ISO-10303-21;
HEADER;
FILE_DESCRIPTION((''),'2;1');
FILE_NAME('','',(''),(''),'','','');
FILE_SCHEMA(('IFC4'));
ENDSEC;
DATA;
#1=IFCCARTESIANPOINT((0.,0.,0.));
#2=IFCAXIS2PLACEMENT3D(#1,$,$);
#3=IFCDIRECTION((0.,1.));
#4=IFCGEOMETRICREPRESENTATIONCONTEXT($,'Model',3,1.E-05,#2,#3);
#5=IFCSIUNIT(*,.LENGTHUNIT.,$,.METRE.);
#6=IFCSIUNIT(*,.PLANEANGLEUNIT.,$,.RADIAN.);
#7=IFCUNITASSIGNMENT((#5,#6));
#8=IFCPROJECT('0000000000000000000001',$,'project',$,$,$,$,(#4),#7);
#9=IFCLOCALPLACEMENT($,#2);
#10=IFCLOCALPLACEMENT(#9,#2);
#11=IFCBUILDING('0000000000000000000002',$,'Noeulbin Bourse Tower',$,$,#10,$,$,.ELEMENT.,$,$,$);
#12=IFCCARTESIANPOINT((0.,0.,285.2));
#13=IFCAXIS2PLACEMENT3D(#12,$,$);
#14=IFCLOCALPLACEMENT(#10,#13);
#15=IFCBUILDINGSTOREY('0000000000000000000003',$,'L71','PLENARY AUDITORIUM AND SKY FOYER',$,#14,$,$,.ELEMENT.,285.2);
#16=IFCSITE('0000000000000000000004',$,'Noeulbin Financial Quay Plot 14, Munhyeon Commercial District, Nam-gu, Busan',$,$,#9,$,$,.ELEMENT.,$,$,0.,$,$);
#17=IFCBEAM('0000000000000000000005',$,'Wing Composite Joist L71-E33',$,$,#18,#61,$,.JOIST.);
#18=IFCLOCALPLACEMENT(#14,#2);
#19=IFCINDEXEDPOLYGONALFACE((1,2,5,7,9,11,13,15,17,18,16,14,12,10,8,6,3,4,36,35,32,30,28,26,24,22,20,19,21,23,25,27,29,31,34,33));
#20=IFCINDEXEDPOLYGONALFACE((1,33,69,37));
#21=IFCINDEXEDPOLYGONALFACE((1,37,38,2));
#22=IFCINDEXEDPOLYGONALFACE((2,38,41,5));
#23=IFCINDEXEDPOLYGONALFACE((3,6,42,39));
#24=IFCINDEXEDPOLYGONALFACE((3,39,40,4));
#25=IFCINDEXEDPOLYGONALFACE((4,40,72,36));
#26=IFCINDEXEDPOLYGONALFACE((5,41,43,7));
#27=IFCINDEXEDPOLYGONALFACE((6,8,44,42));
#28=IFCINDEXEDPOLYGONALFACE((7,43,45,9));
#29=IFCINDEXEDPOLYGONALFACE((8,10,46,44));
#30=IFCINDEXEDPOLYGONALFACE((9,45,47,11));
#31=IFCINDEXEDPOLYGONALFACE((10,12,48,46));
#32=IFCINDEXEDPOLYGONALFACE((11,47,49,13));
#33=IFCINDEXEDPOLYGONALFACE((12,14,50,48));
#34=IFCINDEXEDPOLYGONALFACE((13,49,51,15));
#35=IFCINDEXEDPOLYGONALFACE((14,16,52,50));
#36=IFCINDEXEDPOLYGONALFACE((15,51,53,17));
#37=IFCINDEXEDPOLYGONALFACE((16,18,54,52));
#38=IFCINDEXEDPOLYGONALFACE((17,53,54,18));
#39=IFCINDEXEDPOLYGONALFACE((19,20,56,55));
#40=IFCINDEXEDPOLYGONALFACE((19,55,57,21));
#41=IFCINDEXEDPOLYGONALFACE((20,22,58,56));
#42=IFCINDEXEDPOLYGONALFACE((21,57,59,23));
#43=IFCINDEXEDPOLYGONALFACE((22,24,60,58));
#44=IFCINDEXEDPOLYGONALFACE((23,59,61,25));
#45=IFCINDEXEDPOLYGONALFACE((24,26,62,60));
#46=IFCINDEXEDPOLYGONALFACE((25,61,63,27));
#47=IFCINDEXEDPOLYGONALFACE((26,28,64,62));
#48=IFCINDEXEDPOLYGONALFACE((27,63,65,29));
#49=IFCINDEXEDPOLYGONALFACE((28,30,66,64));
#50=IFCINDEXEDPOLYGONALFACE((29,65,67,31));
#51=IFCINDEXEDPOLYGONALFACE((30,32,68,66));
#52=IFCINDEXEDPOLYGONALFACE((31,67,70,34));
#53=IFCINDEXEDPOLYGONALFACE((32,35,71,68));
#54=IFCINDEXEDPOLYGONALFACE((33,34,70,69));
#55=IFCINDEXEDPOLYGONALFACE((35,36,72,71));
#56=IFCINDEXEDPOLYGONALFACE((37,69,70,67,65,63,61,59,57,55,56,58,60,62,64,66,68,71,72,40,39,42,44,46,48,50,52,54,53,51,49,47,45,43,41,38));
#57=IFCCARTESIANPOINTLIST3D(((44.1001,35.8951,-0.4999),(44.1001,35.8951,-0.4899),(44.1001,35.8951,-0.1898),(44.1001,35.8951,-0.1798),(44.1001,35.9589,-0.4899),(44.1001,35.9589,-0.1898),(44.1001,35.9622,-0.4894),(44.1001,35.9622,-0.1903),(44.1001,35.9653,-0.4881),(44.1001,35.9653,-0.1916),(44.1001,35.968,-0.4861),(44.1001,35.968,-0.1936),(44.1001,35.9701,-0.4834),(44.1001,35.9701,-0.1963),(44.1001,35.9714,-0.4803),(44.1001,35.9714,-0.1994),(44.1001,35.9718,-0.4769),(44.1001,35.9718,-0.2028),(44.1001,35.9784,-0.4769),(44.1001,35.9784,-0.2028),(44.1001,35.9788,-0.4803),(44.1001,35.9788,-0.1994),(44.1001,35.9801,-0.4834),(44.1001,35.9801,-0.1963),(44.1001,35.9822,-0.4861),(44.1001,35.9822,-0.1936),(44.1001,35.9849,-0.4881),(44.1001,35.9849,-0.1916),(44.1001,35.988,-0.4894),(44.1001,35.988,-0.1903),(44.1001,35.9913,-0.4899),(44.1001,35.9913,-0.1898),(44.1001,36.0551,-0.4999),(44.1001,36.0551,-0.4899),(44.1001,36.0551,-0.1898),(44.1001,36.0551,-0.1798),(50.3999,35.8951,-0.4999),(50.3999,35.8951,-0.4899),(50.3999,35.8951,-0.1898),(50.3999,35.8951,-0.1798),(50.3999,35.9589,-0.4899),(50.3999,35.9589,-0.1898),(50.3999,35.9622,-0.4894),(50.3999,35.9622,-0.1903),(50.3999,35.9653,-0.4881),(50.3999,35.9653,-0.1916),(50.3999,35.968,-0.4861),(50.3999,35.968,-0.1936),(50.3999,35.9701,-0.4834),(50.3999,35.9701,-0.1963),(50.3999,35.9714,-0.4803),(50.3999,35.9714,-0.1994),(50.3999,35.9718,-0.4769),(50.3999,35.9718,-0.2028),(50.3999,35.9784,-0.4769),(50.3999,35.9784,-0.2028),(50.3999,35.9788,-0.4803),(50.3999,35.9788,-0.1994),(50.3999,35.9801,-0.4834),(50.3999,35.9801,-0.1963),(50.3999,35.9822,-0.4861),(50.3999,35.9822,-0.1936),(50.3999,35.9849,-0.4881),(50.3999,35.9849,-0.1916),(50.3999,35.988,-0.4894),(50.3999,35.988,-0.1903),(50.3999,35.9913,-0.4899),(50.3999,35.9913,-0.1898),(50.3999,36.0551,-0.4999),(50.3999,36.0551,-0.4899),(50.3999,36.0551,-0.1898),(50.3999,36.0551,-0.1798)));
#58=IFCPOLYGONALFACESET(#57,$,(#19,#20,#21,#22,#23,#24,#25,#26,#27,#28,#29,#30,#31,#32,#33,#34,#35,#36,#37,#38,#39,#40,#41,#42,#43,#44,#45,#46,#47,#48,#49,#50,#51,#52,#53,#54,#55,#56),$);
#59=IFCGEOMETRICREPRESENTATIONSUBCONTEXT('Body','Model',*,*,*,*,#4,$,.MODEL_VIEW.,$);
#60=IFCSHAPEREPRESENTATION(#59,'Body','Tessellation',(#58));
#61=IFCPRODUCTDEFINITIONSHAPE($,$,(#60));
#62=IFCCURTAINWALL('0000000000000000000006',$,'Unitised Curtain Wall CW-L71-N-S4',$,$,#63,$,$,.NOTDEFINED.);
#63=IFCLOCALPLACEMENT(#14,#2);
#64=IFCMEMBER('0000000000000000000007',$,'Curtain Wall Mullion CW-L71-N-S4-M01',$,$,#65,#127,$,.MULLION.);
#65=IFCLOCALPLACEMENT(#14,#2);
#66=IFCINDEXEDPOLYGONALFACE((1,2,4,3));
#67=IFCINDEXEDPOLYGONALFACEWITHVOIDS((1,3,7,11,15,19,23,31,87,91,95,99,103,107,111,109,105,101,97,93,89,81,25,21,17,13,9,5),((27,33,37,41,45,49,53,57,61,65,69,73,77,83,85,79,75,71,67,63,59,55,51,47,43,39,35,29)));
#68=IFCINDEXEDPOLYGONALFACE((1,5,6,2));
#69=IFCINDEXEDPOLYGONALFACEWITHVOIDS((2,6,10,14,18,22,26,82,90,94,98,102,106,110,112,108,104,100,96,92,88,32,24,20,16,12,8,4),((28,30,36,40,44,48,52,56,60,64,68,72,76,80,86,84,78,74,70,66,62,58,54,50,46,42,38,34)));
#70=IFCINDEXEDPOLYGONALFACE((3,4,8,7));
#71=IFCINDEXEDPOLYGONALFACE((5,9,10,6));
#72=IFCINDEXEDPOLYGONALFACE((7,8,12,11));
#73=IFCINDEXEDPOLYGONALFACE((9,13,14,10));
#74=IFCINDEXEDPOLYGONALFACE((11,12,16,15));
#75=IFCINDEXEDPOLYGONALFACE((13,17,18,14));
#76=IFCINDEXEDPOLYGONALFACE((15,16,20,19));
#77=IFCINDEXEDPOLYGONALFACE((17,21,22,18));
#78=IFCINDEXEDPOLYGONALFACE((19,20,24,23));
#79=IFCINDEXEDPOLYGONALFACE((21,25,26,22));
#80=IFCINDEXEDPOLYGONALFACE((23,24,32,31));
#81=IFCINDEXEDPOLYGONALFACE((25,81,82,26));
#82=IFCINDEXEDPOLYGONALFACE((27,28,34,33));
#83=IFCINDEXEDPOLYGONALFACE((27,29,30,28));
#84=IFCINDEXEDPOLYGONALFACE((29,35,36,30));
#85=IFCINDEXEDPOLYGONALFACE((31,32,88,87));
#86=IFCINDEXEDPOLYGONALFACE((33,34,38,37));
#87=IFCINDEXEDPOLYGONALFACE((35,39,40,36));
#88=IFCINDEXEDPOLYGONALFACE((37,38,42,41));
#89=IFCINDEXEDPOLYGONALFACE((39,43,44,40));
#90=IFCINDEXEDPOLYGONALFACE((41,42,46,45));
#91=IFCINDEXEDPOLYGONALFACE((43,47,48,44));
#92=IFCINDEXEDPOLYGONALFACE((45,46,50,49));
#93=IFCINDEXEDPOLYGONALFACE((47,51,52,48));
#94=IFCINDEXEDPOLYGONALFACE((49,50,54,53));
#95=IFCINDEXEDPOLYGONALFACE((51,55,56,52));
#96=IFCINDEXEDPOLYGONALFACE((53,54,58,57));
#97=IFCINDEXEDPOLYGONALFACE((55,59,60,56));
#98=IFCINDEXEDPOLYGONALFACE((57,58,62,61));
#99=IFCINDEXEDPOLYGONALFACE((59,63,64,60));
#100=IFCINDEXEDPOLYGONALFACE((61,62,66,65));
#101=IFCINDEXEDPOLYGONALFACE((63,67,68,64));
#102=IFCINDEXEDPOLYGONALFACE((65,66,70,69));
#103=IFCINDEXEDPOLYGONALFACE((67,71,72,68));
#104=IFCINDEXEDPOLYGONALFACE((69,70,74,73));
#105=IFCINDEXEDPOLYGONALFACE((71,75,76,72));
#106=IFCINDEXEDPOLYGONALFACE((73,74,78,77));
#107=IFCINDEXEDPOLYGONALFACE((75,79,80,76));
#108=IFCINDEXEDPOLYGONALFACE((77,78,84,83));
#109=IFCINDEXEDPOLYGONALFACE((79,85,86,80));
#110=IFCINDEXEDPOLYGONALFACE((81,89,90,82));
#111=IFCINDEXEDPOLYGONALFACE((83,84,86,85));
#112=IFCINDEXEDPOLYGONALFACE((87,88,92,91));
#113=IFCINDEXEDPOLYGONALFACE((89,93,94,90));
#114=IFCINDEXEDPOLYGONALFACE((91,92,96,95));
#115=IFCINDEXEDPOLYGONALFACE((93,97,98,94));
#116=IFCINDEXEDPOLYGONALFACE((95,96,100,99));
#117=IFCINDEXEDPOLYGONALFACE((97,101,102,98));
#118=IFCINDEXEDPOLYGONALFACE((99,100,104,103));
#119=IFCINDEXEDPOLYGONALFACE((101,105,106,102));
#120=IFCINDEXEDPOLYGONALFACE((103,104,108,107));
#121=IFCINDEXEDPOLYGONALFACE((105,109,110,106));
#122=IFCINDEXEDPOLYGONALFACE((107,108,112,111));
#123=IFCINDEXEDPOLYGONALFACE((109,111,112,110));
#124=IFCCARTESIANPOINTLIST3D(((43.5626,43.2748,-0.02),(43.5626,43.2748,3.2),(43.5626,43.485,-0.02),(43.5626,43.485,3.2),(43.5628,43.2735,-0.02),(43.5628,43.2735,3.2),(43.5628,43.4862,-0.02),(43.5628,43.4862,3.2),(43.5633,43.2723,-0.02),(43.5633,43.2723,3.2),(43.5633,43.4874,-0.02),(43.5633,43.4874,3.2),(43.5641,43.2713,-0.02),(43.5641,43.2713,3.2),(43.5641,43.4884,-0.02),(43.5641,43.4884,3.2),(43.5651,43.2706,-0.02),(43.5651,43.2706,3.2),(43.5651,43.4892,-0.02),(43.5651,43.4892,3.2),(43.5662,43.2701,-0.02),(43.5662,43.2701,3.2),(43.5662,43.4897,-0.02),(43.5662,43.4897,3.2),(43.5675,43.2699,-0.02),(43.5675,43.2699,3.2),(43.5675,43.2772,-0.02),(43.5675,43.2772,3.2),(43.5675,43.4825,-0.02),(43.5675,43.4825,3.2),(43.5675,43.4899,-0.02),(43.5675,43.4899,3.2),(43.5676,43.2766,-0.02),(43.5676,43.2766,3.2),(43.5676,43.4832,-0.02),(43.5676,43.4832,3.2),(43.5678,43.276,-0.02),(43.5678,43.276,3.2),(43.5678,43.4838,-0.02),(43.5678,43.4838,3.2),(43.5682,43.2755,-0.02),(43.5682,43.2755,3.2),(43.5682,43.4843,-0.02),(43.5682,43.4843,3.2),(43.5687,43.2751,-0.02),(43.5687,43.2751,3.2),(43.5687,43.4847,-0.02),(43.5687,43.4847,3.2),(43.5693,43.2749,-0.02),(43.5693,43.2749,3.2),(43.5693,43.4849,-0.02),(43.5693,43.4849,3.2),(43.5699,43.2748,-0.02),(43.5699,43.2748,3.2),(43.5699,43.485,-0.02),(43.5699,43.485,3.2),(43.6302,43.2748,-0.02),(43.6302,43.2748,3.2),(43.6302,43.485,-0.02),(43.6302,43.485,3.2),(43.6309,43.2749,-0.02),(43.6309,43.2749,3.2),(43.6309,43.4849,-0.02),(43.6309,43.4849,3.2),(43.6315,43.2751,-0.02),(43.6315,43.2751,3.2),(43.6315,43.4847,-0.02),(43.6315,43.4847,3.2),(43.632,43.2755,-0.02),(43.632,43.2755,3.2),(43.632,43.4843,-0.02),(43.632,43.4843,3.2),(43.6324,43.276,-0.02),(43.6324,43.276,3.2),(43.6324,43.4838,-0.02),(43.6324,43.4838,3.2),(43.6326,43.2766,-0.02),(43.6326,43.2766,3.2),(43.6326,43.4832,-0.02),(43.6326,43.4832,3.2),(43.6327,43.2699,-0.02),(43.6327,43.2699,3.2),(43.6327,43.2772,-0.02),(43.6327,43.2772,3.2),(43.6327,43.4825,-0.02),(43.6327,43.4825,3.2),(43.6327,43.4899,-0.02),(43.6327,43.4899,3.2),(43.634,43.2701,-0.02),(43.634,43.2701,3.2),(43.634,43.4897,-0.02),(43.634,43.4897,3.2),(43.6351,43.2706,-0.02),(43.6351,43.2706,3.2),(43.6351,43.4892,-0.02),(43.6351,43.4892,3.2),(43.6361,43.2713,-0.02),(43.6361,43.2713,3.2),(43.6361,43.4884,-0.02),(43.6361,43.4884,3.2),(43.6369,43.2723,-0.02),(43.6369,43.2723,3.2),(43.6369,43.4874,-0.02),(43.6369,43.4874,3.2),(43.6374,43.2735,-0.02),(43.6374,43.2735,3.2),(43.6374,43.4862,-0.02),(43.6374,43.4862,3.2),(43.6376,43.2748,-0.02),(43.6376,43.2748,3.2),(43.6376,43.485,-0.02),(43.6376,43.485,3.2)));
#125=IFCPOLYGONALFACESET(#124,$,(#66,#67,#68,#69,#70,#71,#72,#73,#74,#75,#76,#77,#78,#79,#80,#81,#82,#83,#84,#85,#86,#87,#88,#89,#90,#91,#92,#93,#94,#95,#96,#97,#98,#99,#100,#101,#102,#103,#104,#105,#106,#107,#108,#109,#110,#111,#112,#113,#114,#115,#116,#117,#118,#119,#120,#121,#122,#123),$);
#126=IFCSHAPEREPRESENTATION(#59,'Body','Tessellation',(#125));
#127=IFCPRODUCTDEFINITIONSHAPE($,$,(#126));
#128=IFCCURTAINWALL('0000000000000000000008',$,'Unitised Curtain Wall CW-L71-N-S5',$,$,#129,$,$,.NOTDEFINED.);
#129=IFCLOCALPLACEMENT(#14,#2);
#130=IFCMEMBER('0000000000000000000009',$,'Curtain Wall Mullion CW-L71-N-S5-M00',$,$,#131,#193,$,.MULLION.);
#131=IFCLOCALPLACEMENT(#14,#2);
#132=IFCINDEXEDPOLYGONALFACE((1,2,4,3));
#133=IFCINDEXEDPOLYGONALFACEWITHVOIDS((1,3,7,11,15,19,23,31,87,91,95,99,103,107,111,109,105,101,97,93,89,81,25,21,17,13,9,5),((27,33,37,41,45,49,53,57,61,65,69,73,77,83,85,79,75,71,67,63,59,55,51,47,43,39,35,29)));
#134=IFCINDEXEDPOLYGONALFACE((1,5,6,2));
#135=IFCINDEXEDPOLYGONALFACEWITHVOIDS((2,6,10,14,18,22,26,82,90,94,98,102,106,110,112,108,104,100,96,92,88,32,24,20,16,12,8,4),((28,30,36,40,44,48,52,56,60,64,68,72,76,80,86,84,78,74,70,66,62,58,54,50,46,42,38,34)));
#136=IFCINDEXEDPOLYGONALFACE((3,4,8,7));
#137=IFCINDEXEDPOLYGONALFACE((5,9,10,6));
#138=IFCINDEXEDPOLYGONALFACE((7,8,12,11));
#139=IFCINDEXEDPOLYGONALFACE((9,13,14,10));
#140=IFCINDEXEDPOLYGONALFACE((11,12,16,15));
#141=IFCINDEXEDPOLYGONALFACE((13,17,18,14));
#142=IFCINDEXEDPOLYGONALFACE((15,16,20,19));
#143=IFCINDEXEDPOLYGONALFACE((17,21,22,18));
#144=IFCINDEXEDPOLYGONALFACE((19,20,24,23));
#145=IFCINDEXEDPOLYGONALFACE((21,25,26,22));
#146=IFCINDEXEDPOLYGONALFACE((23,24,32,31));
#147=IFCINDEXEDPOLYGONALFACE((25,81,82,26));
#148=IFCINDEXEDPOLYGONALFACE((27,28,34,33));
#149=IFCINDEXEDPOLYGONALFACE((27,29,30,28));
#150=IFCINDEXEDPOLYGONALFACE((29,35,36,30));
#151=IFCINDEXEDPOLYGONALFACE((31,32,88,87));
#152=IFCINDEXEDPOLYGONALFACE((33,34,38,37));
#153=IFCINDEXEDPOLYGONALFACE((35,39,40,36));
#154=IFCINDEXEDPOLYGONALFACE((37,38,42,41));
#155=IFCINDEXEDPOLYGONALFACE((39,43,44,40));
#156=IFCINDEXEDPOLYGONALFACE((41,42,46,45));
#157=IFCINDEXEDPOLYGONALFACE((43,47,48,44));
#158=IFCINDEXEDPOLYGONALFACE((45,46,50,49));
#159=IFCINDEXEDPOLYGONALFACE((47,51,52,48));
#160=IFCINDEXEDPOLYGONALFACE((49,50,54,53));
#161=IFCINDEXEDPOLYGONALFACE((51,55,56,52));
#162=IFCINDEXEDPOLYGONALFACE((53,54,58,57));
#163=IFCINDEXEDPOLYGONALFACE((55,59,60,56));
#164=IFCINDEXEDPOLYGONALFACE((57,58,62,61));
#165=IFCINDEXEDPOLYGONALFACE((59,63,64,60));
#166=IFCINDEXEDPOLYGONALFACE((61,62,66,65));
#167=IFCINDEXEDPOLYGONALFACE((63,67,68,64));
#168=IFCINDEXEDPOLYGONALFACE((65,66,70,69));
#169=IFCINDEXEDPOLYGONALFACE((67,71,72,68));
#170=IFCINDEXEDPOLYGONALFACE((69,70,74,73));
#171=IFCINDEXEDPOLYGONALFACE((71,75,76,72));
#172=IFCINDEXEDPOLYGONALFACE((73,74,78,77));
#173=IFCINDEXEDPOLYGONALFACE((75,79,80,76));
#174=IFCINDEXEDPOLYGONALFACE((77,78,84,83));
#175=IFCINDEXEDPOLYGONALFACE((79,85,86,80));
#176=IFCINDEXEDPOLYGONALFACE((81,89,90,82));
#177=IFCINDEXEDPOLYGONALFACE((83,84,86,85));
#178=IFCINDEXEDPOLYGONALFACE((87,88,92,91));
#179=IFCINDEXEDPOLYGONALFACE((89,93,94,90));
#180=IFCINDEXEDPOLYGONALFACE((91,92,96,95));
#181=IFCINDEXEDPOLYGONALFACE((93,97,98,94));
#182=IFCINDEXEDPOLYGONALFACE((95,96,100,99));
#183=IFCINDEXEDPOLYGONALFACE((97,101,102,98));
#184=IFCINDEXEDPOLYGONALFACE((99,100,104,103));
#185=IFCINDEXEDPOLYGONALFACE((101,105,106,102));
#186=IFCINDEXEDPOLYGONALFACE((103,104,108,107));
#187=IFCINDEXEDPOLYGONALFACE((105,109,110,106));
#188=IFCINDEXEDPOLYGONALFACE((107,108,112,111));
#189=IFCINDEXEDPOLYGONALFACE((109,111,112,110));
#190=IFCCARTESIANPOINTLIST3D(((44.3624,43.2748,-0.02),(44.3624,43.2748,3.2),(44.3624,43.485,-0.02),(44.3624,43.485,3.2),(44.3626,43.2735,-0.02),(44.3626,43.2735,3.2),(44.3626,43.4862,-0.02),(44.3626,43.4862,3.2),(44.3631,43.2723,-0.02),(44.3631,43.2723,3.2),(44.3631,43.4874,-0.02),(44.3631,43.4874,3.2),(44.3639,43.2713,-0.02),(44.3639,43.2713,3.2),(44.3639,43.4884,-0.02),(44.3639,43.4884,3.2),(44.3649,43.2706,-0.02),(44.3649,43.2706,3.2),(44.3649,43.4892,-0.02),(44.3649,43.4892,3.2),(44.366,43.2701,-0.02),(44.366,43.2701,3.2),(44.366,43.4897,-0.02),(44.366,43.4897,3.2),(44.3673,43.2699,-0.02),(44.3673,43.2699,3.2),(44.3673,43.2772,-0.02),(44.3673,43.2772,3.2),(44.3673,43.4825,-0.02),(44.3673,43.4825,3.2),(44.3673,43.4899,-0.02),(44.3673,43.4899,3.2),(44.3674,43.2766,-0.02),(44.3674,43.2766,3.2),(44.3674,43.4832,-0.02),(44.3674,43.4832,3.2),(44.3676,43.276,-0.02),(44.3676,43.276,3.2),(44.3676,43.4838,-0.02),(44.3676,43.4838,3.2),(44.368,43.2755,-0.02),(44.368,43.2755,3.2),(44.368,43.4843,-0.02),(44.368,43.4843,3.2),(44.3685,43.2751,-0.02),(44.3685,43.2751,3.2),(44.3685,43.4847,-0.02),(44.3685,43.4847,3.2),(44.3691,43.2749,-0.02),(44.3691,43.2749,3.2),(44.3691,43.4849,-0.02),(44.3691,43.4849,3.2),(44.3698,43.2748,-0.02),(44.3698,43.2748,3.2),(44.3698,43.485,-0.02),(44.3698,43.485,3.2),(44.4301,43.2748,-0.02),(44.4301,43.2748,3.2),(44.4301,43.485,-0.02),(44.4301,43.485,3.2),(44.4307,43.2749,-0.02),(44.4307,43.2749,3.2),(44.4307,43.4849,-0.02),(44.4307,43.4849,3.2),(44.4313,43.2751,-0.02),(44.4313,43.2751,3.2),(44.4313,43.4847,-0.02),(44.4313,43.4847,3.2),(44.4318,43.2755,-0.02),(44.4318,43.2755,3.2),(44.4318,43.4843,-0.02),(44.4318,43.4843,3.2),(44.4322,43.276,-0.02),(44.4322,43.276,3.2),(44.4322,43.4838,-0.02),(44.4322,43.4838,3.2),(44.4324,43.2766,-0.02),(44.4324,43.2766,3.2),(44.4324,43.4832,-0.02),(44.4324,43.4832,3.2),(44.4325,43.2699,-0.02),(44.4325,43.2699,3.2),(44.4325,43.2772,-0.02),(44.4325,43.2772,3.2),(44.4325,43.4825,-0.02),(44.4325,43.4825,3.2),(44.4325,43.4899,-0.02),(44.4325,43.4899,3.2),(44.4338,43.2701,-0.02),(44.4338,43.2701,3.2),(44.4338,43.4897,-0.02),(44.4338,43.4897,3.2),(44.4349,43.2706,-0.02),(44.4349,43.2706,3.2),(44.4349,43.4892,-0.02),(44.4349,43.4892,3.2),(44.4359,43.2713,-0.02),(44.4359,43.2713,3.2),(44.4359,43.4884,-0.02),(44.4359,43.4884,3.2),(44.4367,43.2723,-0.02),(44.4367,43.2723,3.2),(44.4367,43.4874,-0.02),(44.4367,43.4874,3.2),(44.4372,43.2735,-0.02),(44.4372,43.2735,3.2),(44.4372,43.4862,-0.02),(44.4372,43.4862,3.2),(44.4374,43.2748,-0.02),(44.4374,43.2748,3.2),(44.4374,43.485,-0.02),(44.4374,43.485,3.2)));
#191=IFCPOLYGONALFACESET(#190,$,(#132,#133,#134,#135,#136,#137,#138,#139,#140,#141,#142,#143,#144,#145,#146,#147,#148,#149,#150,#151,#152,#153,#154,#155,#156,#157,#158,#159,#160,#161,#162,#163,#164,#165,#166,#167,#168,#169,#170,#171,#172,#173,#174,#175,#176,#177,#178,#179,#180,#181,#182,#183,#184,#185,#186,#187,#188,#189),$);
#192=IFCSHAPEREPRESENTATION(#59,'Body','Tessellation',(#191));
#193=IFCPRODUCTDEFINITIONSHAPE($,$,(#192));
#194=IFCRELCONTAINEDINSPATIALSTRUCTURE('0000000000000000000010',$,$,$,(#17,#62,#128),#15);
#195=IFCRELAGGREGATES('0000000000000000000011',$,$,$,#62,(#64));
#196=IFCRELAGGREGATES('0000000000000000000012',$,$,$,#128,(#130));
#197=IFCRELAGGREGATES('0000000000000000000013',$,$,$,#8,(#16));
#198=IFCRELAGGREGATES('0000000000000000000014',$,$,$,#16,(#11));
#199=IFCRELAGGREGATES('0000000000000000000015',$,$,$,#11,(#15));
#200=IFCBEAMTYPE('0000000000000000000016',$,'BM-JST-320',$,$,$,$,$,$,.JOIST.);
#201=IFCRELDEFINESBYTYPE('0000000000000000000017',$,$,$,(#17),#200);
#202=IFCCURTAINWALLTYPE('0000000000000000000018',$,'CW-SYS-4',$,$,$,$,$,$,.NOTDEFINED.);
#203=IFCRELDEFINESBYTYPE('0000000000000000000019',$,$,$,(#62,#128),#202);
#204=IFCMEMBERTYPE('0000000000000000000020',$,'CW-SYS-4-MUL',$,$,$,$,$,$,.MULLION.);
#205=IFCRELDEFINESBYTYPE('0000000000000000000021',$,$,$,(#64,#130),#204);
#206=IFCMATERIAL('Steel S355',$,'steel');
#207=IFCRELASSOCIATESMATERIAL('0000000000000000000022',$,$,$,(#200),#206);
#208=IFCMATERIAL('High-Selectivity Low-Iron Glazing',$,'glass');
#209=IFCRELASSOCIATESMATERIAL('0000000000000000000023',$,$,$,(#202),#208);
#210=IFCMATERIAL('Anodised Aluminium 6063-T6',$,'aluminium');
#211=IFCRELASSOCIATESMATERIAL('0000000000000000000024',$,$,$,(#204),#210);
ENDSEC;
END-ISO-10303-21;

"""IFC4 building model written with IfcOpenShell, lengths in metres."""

from ifc_helpers import new_model, si_unit, direction, frame, origin, origin_2d, place, context, subcontext, project, spatial, hollow_rectangle, i_section, extrude, material, material_profile, profile_set, type_object, element, aggregate, save


model = new_model("IFC4")

# Units and contexts
model_context = context("Model", 3, precision=1e-05, world=origin(), true_north=direction((0.0, 1.0)))
body_context = subcontext(model_context, "Body", "Model", "MODEL_VIEW")
ifc_project = project(units=[si_unit("LENGTHUNIT", "METRE"), si_unit("PLANEANGLEUNIT", "RADIAN")], contexts=[model_context])

# Site, building, storey
site_placement = place(None, origin())
site = spatial("IfcSite", under=ifc_project, at=site_placement, Name="Noeulbin Financial Quay Plot 14, Munhyeon Commercial District, Nam-gu, Busan", CompositionType="ELEMENT", RefElevation=0.0)
building_placement = place(site_placement, origin())
building = spatial("IfcBuilding", under=site, at=building_placement, Name="Noeulbin Bourse Tower", CompositionType="ELEMENT")
storey_placement = place(building_placement, frame((0.0, 0.0, 285.2)))
storey = spatial("IfcBuildingStorey", under=building, at=storey_placement, Name="L71", Description="PLENARY AUDITORIUM AND SKY FOYER", CompositionType="ELEMENT", Elevation=285.2)

# Shared definitions
ifc_material_1 = material(Name="Steel S355", Category="steel")

# Beam
ifc_material_profile_1 = material_profile(ifc_material_1, i_section(OverallWidth=0.1599, OverallDepth=0.3201, WebThickness=0.0066, FlangeThickness=0.01, FilletRadius=0.0129, at=origin_2d()), Name="H-320x160x6.5x10", Category="LoadBearing")
ifc_profile_set_1 = profile_set([ifc_material_profile_1], Name="Steel S355")
beam_type_1 = type_object("IfcBeamType", Name="BM-JST-320", PredefinedType="JOIST", material=ifc_profile_set_1)
for number, where, z_axis, x_axis, name in (
    (1, (44.1001, 35.9751, -0.3398), (1.0, 0.0, 0.0), (0.0, 1.0, 0.0), "Wing Composite Joist L71-E33"),
):
    element("IfcBeam", number, at=place(storey_placement, frame(where, z_axis=z_axis, x_axis=x_axis)), inside=storey, type_object=beam_type_1, Name=name, PredefinedType="JOIST", context=body_context, shape_type="SweptSolid", body=[
        extrude(i_section(OverallWidth=0.1599, OverallDepth=0.3201, WebThickness=0.0066, FlangeThickness=0.01, FilletRadius=0.0129, at=origin_2d()), origin(), (0.0, 0.0, 1.0), 6.2998),
    ])

# Curtain wall, member
ifc_material_2 = material(Name="High-Selectivity Low-Iron Glazing", Category="glass")
curtain_wall_type = type_object("IfcCurtainWallType", Name="CW-SYS-4", PredefinedType="NOTDEFINED", material=ifc_material_2)
curtain_wall_1_placement = place(storey_placement, origin())
curtain_wall_1 = element("IfcCurtainWall", 2, at=curtain_wall_1_placement, inside=storey, type_object=curtain_wall_type, Name="Unitised Curtain Wall CW-L71-N-S4", PredefinedType="NOTDEFINED")
ifc_material_3 = material(Name="Anodised Aluminium 6063-T6", Category="aluminium")
ifc_material_profile_2 = material_profile(ifc_material_3, hollow_rectangle(XDim=0.075, YDim=0.22, WallThickness=0.0049, InnerFilletRadius=0.0024, OuterFilletRadius=0.0049, at=origin_2d()), Name="ALU-MULL-75x220x5", Category="LoadBearing")
ifc_profile_set_2 = profile_set([ifc_material_profile_2], Name="Anodised Aluminium 6063-T6")
member_type_1 = type_object("IfcMemberType", Name="CW-SYS-4-MUL", PredefinedType="MULLION", material=ifc_profile_set_2)
member_1_placement = place(storey_placement, frame((43.6001, 43.3799, -0.02), z_axis=(0.0, 0.0, 1.0), x_axis=(1.0, 0.0, 0.0)))
member_1 = element("IfcMember", 3, at=member_1_placement, type_object=member_type_1, Name="Curtain Wall Mullion CW-L71-N-S4-M01", PredefinedType="MULLION", context=body_context, shape_type="SweptSolid", body=[
    extrude(hollow_rectangle(XDim=0.075, YDim=0.22, WallThickness=0.0049, InnerFilletRadius=0.0024, OuterFilletRadius=0.0049, at=origin_2d()), origin(), (0.0, 0.0, 1.0), 3.22),
])

# Curtain wall, member
curtain_wall_2_placement = place(storey_placement, origin())
curtain_wall_2 = element("IfcCurtainWall", 4, at=curtain_wall_2_placement, inside=storey, type_object=curtain_wall_type, Name="Unitised Curtain Wall CW-L71-N-S5", PredefinedType="NOTDEFINED")
member_2_placement = place(storey_placement, frame((44.3999, 43.3799, -0.02), z_axis=(0.0, 0.0, 1.0), x_axis=(1.0, 0.0, 0.0)))
member_2 = element("IfcMember", 5, at=member_2_placement, type_object=member_type_1, Name="Curtain Wall Mullion CW-L71-N-S5-M00", PredefinedType="MULLION", context=body_context, shape_type="SweptSolid", body=[
    extrude(hollow_rectangle(XDim=0.075, YDim=0.22, WallThickness=0.0049, InnerFilletRadius=0.0024, OuterFilletRadius=0.0049, at=origin_2d()), origin(), (0.0, 0.0, 1.0), 3.22),
])

aggregate(curtain_wall_1, [member_1])
aggregate(curtain_wall_2, [member_2])

save(model, "model.ifc")
